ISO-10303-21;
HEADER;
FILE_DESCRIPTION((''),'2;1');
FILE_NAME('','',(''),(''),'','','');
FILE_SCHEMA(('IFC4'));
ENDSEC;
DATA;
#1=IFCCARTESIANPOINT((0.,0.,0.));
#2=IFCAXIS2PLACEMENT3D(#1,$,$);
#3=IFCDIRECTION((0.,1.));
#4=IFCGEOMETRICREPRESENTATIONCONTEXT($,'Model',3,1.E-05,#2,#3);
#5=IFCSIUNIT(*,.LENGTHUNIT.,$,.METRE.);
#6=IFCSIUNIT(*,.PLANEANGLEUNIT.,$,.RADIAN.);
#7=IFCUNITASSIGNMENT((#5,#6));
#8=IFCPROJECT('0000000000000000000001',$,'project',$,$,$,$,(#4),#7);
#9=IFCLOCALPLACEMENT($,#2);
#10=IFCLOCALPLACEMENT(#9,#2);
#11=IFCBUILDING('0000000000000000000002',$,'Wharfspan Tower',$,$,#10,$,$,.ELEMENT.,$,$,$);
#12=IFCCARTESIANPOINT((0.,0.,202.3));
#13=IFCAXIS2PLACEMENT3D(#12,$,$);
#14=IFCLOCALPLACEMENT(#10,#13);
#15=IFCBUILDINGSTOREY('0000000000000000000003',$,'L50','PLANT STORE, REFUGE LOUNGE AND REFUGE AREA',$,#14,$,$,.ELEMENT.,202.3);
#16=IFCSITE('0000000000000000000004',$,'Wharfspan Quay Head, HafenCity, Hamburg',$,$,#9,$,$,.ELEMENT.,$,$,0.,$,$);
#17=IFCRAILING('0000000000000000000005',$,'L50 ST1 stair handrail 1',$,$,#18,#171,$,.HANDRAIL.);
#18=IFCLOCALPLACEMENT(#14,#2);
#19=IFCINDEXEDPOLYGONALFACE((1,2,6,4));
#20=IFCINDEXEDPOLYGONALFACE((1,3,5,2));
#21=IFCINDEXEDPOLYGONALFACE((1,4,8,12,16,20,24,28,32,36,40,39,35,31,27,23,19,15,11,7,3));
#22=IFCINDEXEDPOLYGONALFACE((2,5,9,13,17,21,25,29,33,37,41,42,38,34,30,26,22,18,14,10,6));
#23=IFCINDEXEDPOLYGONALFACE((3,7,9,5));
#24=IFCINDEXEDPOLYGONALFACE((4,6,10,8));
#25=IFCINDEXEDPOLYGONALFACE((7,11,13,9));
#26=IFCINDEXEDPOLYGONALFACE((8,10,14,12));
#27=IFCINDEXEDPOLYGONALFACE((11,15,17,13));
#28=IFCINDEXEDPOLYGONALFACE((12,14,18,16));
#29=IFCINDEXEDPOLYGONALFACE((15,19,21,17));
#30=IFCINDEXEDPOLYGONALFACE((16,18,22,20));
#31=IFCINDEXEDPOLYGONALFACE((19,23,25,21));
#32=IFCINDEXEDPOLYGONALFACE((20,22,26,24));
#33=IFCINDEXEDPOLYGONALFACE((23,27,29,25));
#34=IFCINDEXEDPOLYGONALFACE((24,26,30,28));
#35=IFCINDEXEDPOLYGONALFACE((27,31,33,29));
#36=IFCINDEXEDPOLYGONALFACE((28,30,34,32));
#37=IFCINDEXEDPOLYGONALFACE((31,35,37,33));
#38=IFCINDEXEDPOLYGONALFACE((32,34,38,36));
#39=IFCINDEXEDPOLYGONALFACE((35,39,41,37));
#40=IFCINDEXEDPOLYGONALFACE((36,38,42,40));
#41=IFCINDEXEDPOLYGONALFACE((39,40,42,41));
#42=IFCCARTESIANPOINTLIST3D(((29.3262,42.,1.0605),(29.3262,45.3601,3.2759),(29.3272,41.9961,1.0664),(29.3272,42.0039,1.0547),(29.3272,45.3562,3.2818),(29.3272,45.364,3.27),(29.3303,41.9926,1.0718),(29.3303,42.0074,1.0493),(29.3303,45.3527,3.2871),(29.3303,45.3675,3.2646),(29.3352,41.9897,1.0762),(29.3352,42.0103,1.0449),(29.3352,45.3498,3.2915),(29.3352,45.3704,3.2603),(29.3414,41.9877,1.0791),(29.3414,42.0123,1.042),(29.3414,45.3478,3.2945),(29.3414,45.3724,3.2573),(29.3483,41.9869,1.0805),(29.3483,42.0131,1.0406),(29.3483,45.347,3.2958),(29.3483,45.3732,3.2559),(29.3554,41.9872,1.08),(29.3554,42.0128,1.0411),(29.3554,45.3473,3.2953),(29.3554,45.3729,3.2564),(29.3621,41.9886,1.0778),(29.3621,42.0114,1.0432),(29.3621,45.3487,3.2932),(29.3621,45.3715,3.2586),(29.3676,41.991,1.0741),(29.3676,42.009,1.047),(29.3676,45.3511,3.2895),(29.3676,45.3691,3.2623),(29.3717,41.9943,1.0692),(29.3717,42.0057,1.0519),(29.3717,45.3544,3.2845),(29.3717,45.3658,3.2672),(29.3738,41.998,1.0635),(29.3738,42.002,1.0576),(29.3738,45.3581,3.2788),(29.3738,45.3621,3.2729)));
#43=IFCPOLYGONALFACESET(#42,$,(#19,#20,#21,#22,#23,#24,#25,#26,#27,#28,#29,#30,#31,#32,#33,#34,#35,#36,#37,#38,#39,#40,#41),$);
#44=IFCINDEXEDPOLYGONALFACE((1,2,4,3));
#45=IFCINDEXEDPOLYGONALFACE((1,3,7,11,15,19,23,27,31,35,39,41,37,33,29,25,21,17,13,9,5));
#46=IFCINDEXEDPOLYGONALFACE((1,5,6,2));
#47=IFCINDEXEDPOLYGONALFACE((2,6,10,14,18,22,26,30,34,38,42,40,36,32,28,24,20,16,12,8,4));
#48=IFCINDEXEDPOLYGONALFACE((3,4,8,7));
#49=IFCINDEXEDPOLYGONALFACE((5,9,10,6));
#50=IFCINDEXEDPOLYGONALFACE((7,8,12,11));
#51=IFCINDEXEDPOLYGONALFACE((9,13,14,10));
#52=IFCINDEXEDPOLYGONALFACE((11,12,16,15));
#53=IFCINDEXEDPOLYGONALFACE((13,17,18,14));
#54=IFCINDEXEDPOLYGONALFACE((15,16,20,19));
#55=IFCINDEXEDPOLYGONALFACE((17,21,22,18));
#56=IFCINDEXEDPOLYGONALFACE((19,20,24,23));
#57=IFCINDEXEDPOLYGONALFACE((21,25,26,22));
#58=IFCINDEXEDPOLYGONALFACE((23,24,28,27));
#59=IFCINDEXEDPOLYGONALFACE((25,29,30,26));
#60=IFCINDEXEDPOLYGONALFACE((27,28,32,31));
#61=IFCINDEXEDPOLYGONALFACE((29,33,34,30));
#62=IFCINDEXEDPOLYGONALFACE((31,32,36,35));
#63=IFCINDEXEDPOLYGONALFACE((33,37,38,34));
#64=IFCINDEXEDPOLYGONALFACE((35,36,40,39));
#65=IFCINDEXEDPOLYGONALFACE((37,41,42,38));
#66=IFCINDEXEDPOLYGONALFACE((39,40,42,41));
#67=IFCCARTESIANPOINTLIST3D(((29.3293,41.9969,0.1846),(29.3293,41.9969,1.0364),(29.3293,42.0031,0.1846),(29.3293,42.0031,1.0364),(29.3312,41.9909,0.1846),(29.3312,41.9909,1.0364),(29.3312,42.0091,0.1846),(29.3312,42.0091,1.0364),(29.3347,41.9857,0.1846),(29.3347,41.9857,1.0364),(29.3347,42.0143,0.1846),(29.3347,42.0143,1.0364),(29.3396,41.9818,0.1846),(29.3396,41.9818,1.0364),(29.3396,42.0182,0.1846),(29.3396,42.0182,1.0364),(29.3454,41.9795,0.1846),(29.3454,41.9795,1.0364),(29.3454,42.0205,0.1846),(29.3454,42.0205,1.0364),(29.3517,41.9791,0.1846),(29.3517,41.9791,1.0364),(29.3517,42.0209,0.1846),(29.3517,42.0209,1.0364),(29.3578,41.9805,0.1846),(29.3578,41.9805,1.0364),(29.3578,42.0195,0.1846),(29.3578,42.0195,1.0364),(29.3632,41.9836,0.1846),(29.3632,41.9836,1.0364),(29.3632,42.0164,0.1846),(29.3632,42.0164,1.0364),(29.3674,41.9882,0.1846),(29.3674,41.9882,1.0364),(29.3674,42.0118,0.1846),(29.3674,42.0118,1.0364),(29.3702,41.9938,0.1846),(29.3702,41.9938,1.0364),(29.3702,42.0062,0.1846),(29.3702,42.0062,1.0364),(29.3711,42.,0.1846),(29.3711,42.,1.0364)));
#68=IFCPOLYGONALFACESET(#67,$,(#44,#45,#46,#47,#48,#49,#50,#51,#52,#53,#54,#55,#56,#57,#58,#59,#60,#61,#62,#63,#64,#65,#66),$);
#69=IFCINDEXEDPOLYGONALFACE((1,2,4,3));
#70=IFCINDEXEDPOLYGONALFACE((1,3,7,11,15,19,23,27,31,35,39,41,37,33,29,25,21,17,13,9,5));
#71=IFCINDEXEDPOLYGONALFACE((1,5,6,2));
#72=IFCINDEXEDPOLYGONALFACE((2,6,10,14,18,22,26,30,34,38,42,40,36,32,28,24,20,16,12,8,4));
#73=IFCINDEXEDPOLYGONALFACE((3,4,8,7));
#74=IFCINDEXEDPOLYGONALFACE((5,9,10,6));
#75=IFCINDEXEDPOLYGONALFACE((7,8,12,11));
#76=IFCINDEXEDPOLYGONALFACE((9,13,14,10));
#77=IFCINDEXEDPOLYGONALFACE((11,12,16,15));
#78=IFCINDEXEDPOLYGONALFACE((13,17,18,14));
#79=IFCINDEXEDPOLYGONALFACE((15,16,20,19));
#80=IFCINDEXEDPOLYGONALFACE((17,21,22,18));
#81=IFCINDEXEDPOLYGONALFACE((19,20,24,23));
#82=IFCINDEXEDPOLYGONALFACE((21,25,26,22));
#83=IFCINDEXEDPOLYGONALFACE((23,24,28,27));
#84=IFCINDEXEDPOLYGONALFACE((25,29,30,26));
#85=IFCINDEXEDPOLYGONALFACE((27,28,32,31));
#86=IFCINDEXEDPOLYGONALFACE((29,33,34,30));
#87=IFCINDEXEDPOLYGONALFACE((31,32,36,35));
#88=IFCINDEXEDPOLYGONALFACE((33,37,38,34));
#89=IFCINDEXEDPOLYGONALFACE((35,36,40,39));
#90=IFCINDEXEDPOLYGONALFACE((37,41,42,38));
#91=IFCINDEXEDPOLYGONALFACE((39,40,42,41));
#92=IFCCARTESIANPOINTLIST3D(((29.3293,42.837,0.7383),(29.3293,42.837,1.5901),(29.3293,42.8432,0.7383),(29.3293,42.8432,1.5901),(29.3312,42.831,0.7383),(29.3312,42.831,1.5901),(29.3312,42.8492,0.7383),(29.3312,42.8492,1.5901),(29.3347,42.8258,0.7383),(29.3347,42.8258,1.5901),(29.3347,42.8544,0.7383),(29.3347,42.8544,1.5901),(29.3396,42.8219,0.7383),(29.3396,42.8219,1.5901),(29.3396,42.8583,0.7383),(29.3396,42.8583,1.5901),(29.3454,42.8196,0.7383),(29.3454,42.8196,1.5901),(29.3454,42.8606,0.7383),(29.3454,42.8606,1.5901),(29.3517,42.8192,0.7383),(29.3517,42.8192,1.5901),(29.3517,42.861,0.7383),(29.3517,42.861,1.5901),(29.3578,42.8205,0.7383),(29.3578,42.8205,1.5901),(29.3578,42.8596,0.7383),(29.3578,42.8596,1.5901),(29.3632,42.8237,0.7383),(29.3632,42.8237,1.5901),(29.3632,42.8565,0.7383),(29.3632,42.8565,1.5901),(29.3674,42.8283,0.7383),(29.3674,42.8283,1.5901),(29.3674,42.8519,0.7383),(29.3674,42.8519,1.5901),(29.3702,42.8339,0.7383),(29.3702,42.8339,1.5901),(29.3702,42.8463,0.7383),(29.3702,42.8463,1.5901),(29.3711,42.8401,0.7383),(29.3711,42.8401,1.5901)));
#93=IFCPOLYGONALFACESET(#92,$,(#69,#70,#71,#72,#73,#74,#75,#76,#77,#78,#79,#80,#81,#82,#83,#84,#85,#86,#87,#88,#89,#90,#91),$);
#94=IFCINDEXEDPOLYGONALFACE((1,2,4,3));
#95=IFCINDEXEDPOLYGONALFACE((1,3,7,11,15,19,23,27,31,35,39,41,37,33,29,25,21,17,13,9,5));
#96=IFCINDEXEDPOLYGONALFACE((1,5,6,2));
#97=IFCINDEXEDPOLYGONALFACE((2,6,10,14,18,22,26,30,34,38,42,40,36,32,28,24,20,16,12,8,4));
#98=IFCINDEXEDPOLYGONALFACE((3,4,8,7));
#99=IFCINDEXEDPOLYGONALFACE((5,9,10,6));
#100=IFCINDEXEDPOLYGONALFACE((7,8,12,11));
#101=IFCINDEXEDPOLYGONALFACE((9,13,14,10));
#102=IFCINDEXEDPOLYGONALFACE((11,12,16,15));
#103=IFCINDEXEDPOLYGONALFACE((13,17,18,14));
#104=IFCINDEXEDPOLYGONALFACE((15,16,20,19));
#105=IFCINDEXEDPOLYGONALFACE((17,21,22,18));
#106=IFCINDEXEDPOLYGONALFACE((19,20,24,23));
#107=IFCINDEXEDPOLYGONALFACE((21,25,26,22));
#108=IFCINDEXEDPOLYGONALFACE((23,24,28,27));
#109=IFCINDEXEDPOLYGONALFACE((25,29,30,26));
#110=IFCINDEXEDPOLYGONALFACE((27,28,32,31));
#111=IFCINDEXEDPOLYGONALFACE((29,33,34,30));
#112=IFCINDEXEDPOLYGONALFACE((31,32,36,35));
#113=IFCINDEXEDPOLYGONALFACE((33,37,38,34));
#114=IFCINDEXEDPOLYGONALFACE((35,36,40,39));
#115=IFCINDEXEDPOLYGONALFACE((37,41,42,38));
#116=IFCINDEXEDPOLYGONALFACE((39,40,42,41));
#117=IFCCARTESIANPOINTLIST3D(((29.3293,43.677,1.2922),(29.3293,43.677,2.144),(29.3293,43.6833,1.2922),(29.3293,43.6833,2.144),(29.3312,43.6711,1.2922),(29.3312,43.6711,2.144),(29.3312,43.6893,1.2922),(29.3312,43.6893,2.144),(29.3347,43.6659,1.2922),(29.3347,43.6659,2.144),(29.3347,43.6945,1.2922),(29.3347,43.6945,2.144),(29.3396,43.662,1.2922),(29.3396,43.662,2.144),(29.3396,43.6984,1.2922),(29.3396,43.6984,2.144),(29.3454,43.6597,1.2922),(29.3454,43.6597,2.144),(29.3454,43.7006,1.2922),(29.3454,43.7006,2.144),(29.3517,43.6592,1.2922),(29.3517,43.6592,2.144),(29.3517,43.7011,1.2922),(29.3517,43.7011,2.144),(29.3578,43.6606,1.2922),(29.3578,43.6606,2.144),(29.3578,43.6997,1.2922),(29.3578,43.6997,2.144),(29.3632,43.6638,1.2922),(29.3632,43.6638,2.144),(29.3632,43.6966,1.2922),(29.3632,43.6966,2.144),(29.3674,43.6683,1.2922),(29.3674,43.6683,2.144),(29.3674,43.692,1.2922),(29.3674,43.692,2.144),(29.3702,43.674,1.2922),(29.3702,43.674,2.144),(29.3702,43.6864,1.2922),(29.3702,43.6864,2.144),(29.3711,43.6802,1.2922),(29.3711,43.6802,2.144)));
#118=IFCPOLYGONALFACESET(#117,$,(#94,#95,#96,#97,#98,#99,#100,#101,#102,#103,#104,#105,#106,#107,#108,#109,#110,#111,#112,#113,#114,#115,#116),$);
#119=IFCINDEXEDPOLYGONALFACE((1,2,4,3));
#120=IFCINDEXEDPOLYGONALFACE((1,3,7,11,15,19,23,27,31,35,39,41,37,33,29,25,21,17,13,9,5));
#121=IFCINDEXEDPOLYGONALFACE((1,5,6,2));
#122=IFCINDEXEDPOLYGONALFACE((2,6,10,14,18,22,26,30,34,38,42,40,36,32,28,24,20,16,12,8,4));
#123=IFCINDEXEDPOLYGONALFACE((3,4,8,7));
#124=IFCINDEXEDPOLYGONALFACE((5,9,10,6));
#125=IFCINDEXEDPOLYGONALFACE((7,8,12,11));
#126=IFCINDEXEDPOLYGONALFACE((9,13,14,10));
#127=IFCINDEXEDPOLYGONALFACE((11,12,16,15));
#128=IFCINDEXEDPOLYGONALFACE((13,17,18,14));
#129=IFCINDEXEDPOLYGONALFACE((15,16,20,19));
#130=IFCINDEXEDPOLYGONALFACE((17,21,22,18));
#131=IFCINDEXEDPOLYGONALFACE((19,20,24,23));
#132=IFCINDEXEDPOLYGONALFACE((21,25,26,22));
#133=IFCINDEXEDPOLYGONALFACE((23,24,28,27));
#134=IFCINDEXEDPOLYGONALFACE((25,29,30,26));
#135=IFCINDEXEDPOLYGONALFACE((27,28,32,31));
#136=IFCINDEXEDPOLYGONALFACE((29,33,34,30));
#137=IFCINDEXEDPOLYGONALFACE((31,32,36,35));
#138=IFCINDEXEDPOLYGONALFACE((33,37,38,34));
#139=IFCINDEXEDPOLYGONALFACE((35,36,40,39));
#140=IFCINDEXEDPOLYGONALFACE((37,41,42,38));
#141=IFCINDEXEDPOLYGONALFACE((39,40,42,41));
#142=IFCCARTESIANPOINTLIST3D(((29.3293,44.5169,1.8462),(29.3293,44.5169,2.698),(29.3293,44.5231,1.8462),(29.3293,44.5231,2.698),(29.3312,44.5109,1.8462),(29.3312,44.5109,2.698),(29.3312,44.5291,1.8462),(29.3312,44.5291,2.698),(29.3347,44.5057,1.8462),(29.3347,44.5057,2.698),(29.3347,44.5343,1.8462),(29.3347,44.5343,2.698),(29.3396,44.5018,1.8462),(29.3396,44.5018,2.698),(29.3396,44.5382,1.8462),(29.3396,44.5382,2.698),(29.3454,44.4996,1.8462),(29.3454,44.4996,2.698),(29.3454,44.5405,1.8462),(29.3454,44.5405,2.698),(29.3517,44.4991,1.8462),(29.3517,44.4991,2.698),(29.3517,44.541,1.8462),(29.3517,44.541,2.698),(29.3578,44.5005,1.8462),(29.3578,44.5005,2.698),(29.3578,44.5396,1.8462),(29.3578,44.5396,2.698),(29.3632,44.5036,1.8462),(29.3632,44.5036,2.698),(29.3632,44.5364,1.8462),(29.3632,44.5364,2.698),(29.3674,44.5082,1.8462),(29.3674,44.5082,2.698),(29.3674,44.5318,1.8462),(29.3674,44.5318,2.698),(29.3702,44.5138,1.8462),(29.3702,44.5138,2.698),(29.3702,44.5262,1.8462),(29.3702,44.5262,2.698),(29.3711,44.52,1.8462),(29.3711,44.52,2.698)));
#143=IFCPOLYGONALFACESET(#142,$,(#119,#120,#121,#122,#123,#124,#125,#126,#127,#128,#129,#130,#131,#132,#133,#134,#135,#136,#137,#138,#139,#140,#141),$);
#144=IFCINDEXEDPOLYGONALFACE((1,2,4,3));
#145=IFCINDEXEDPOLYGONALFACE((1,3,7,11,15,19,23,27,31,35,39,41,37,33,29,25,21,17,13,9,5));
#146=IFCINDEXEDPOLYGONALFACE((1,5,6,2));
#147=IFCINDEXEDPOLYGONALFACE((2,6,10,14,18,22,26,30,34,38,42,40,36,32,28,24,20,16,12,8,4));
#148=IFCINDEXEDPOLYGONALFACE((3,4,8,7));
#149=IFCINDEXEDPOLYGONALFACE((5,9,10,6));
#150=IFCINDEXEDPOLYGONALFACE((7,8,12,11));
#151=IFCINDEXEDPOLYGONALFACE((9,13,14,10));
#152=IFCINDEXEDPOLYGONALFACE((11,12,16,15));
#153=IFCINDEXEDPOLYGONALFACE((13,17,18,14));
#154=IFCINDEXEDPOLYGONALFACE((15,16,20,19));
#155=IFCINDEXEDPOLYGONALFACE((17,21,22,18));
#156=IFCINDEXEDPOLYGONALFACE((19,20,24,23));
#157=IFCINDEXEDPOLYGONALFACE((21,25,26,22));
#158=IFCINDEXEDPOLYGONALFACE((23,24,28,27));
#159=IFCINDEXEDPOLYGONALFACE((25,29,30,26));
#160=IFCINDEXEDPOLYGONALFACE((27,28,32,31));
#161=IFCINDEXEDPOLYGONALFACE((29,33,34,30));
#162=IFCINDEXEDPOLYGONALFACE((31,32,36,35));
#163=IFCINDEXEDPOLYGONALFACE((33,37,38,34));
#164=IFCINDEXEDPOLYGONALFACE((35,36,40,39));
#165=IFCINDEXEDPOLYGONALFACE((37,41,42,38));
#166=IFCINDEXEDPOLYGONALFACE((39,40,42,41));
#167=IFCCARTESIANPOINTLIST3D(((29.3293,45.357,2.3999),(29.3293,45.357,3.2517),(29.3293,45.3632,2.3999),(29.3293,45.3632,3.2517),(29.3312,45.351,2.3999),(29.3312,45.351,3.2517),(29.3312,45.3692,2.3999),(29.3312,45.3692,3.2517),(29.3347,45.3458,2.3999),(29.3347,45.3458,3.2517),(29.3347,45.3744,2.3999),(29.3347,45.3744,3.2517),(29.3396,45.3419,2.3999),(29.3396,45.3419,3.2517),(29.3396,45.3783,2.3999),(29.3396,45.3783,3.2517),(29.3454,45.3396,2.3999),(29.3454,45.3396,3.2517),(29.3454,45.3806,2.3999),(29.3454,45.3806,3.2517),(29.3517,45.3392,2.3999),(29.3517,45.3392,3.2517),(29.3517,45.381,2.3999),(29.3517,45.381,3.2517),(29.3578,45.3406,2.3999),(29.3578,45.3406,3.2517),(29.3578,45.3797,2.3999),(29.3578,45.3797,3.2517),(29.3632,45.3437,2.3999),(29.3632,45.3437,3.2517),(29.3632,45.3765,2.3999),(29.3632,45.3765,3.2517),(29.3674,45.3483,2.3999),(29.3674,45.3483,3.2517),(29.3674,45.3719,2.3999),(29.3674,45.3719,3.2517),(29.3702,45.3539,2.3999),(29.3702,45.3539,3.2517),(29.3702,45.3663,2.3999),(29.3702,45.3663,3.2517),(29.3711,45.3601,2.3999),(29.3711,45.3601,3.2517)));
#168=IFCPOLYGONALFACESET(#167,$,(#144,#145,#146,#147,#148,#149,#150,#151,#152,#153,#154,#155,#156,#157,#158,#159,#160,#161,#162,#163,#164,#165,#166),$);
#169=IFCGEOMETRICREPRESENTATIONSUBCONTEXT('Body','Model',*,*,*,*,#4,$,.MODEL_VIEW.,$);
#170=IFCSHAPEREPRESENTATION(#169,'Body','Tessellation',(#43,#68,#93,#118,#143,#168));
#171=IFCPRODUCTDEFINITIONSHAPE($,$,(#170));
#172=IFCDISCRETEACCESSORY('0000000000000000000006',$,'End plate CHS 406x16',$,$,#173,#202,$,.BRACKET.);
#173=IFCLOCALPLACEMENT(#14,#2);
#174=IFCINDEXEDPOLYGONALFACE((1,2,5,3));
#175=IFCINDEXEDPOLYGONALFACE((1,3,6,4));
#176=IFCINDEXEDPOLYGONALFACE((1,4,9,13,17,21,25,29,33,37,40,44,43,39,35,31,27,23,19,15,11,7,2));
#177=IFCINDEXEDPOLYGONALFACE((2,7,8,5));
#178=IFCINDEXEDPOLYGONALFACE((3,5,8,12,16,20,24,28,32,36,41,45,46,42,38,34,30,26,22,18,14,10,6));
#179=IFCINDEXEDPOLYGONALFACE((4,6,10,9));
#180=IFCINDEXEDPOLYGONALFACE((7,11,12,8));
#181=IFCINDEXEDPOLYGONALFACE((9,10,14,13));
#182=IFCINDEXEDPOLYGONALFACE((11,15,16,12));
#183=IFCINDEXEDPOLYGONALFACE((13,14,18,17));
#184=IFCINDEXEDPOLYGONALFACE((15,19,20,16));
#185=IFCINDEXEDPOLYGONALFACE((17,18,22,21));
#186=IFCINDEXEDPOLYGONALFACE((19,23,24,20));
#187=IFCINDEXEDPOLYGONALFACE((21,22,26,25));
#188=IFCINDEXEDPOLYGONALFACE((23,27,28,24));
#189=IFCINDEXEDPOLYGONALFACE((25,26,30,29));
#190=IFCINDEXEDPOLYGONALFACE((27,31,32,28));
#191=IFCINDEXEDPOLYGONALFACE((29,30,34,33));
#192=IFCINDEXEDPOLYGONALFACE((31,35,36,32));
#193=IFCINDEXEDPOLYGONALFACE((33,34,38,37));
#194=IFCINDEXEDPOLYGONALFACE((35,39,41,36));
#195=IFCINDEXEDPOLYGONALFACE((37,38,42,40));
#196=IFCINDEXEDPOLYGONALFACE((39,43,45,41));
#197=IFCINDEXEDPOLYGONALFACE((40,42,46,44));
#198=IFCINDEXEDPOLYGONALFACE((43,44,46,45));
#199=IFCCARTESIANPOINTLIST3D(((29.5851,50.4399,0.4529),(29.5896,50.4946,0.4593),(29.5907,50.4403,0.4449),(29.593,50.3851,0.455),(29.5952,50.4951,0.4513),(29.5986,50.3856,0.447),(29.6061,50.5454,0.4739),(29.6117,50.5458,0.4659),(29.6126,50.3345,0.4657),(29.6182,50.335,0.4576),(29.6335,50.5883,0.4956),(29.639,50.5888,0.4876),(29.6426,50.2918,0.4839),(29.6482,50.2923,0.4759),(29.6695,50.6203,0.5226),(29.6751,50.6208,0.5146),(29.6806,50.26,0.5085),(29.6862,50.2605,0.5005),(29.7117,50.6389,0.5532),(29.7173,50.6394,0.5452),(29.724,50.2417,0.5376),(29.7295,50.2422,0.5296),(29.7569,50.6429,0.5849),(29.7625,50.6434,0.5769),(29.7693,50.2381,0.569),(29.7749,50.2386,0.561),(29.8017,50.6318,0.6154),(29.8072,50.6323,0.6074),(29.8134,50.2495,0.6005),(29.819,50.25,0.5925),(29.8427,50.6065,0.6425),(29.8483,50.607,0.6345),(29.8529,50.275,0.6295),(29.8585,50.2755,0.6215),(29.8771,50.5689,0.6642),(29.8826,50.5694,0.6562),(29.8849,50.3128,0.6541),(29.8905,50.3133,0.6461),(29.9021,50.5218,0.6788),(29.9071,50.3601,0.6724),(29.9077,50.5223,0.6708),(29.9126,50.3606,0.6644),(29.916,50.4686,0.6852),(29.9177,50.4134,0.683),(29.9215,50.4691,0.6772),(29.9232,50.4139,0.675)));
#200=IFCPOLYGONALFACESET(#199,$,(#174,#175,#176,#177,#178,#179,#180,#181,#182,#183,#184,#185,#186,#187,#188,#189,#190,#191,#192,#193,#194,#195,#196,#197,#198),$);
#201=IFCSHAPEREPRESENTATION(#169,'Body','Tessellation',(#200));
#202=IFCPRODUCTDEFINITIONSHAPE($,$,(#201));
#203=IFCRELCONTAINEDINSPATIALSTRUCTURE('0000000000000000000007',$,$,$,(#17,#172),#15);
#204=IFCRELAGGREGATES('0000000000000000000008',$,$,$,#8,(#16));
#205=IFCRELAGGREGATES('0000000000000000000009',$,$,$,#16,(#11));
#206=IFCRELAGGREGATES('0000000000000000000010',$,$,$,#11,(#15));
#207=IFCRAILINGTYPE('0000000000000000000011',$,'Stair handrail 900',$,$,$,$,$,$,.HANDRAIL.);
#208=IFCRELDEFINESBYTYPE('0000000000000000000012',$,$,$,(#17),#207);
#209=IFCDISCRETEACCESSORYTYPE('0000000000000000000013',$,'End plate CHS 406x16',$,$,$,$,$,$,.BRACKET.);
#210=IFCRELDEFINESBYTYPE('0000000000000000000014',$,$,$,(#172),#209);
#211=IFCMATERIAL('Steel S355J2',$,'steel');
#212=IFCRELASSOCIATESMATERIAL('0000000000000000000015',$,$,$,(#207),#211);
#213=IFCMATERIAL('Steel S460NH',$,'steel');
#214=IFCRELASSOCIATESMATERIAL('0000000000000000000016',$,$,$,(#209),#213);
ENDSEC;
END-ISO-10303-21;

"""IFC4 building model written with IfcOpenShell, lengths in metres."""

from ifc_helpers import new_model, si_unit, direction, frame, origin, origin_2d, place, context, subcontext, project, spatial, circle, extrude, material, material_profile, profile_set, type_object, element, save


model = new_model("IFC4")

# Units and contexts
model_context = context("Model", 3, precision=1e-05, world=origin(), true_north=direction((0.0, 1.0)))
body_context = subcontext(model_context, "Body", "Model", "MODEL_VIEW")
ifc_project = project(units=[si_unit("LENGTHUNIT", "METRE"), si_unit("PLANEANGLEUNIT", "RADIAN")], contexts=[model_context])

# Site, building, storey
site_placement = place(None, origin())
site = spatial("IfcSite", under=ifc_project, at=site_placement, Name="Wharfspan Quay Head, HafenCity, Hamburg", CompositionType="ELEMENT", RefElevation=0.0)
building_placement = place(site_placement, origin())
building = spatial("IfcBuilding", under=site, at=building_placement, Name="Wharfspan Tower", CompositionType="ELEMENT")
storey_placement = place(building_placement, frame((0.0, 0.0, 202.3)))
storey = spatial("IfcBuildingStorey", under=building, at=storey_placement, Name="L50", Description="PLANT STORE, REFUGE LOUNGE AND REFUGE AREA", CompositionType="ELEMENT", Elevation=202.3)

# Shared definitions
ifc_material_1 = material(Name="Steel S460NH", Category="steel")

# Railing
ifc_material_2 = material(Name="Steel S355J2", Category="steel")
railing_type = type_object("IfcRailingType", Name="Stair handrail 900", PredefinedType="HANDRAIL", material=ifc_material_2)
railing_placement = place(storey_placement, frame((29.3501, 42.0, 0.1846)))
element("IfcRailing", 1, at=railing_placement, inside=storey, type_object=railing_type, Name="L50 ST1 stair handrail 1", PredefinedType="HANDRAIL", context=body_context, shape_type="SweptSolid", body=[
    extrude(circle(Radius=0.0239, at=origin_2d()), frame((0.0, 0.0, 0.876), z_axis=(0.0, 0.834876, 0.550437), x_axis=(-1.0, 0.0, 0.0)), (0.0, 0.0, 1.0), 4.0247),
    extrude(circle(Radius=0.021, at=origin_2d()), origin(), (0.0, 0.0, 1.0), 0.8518),
    extrude(circle(Radius=0.021, at=origin_2d()), frame((0.0, 0.8401, 0.5537)), (0.0, 0.0, 1.0), 0.8518),
    extrude(circle(Radius=0.021, at=origin_2d()), frame((0.0, 1.6802, 1.1077)), (0.0, 0.0, 1.0), 0.8518),
    extrude(circle(Radius=0.021, at=origin_2d()), frame((0.0, 2.52, 1.6616)), (0.0, 0.0, 1.0), 0.8518),
    extrude(circle(Radius=0.021, at=origin_2d()), frame((0.0, 3.3601, 2.2153)), (0.0, 0.0, 1.0), 0.8518),
])

# Discrete accessory
ifc_material_profile_1 = material_profile(ifc_material_1, circle(Radius=0.2031, at=origin_2d()))
ifc_profile_set_1 = profile_set([ifc_material_profile_1], Name="Steel S460NH")
discrete_accessory_type = type_object("IfcDiscreteAccessoryType", Name="End plate CHS 406x16", PredefinedType="BRACKET", material=ifc_profile_set_1)
discrete_accessory_placement = place(storey_placement, frame((29.7573, 50.4409, 0.561), z_axis=(-0.571087, -0.04966, 0.819386), x_axis=(0.08663, -0.99624, 0.0)))
element("IfcDiscreteAccessory", 2, at=discrete_accessory_placement, inside=storey, type_object=discrete_accessory_type, Name="End plate CHS 406x16", PredefinedType="BRACKET", context=body_context, shape_type="SweptSolid", body=[
    extrude(circle(Radius=0.2031, at=origin_2d()), origin(), (0.0, 0.0, 1.0), 0.0098),
])

save(model, "model.ifc")
